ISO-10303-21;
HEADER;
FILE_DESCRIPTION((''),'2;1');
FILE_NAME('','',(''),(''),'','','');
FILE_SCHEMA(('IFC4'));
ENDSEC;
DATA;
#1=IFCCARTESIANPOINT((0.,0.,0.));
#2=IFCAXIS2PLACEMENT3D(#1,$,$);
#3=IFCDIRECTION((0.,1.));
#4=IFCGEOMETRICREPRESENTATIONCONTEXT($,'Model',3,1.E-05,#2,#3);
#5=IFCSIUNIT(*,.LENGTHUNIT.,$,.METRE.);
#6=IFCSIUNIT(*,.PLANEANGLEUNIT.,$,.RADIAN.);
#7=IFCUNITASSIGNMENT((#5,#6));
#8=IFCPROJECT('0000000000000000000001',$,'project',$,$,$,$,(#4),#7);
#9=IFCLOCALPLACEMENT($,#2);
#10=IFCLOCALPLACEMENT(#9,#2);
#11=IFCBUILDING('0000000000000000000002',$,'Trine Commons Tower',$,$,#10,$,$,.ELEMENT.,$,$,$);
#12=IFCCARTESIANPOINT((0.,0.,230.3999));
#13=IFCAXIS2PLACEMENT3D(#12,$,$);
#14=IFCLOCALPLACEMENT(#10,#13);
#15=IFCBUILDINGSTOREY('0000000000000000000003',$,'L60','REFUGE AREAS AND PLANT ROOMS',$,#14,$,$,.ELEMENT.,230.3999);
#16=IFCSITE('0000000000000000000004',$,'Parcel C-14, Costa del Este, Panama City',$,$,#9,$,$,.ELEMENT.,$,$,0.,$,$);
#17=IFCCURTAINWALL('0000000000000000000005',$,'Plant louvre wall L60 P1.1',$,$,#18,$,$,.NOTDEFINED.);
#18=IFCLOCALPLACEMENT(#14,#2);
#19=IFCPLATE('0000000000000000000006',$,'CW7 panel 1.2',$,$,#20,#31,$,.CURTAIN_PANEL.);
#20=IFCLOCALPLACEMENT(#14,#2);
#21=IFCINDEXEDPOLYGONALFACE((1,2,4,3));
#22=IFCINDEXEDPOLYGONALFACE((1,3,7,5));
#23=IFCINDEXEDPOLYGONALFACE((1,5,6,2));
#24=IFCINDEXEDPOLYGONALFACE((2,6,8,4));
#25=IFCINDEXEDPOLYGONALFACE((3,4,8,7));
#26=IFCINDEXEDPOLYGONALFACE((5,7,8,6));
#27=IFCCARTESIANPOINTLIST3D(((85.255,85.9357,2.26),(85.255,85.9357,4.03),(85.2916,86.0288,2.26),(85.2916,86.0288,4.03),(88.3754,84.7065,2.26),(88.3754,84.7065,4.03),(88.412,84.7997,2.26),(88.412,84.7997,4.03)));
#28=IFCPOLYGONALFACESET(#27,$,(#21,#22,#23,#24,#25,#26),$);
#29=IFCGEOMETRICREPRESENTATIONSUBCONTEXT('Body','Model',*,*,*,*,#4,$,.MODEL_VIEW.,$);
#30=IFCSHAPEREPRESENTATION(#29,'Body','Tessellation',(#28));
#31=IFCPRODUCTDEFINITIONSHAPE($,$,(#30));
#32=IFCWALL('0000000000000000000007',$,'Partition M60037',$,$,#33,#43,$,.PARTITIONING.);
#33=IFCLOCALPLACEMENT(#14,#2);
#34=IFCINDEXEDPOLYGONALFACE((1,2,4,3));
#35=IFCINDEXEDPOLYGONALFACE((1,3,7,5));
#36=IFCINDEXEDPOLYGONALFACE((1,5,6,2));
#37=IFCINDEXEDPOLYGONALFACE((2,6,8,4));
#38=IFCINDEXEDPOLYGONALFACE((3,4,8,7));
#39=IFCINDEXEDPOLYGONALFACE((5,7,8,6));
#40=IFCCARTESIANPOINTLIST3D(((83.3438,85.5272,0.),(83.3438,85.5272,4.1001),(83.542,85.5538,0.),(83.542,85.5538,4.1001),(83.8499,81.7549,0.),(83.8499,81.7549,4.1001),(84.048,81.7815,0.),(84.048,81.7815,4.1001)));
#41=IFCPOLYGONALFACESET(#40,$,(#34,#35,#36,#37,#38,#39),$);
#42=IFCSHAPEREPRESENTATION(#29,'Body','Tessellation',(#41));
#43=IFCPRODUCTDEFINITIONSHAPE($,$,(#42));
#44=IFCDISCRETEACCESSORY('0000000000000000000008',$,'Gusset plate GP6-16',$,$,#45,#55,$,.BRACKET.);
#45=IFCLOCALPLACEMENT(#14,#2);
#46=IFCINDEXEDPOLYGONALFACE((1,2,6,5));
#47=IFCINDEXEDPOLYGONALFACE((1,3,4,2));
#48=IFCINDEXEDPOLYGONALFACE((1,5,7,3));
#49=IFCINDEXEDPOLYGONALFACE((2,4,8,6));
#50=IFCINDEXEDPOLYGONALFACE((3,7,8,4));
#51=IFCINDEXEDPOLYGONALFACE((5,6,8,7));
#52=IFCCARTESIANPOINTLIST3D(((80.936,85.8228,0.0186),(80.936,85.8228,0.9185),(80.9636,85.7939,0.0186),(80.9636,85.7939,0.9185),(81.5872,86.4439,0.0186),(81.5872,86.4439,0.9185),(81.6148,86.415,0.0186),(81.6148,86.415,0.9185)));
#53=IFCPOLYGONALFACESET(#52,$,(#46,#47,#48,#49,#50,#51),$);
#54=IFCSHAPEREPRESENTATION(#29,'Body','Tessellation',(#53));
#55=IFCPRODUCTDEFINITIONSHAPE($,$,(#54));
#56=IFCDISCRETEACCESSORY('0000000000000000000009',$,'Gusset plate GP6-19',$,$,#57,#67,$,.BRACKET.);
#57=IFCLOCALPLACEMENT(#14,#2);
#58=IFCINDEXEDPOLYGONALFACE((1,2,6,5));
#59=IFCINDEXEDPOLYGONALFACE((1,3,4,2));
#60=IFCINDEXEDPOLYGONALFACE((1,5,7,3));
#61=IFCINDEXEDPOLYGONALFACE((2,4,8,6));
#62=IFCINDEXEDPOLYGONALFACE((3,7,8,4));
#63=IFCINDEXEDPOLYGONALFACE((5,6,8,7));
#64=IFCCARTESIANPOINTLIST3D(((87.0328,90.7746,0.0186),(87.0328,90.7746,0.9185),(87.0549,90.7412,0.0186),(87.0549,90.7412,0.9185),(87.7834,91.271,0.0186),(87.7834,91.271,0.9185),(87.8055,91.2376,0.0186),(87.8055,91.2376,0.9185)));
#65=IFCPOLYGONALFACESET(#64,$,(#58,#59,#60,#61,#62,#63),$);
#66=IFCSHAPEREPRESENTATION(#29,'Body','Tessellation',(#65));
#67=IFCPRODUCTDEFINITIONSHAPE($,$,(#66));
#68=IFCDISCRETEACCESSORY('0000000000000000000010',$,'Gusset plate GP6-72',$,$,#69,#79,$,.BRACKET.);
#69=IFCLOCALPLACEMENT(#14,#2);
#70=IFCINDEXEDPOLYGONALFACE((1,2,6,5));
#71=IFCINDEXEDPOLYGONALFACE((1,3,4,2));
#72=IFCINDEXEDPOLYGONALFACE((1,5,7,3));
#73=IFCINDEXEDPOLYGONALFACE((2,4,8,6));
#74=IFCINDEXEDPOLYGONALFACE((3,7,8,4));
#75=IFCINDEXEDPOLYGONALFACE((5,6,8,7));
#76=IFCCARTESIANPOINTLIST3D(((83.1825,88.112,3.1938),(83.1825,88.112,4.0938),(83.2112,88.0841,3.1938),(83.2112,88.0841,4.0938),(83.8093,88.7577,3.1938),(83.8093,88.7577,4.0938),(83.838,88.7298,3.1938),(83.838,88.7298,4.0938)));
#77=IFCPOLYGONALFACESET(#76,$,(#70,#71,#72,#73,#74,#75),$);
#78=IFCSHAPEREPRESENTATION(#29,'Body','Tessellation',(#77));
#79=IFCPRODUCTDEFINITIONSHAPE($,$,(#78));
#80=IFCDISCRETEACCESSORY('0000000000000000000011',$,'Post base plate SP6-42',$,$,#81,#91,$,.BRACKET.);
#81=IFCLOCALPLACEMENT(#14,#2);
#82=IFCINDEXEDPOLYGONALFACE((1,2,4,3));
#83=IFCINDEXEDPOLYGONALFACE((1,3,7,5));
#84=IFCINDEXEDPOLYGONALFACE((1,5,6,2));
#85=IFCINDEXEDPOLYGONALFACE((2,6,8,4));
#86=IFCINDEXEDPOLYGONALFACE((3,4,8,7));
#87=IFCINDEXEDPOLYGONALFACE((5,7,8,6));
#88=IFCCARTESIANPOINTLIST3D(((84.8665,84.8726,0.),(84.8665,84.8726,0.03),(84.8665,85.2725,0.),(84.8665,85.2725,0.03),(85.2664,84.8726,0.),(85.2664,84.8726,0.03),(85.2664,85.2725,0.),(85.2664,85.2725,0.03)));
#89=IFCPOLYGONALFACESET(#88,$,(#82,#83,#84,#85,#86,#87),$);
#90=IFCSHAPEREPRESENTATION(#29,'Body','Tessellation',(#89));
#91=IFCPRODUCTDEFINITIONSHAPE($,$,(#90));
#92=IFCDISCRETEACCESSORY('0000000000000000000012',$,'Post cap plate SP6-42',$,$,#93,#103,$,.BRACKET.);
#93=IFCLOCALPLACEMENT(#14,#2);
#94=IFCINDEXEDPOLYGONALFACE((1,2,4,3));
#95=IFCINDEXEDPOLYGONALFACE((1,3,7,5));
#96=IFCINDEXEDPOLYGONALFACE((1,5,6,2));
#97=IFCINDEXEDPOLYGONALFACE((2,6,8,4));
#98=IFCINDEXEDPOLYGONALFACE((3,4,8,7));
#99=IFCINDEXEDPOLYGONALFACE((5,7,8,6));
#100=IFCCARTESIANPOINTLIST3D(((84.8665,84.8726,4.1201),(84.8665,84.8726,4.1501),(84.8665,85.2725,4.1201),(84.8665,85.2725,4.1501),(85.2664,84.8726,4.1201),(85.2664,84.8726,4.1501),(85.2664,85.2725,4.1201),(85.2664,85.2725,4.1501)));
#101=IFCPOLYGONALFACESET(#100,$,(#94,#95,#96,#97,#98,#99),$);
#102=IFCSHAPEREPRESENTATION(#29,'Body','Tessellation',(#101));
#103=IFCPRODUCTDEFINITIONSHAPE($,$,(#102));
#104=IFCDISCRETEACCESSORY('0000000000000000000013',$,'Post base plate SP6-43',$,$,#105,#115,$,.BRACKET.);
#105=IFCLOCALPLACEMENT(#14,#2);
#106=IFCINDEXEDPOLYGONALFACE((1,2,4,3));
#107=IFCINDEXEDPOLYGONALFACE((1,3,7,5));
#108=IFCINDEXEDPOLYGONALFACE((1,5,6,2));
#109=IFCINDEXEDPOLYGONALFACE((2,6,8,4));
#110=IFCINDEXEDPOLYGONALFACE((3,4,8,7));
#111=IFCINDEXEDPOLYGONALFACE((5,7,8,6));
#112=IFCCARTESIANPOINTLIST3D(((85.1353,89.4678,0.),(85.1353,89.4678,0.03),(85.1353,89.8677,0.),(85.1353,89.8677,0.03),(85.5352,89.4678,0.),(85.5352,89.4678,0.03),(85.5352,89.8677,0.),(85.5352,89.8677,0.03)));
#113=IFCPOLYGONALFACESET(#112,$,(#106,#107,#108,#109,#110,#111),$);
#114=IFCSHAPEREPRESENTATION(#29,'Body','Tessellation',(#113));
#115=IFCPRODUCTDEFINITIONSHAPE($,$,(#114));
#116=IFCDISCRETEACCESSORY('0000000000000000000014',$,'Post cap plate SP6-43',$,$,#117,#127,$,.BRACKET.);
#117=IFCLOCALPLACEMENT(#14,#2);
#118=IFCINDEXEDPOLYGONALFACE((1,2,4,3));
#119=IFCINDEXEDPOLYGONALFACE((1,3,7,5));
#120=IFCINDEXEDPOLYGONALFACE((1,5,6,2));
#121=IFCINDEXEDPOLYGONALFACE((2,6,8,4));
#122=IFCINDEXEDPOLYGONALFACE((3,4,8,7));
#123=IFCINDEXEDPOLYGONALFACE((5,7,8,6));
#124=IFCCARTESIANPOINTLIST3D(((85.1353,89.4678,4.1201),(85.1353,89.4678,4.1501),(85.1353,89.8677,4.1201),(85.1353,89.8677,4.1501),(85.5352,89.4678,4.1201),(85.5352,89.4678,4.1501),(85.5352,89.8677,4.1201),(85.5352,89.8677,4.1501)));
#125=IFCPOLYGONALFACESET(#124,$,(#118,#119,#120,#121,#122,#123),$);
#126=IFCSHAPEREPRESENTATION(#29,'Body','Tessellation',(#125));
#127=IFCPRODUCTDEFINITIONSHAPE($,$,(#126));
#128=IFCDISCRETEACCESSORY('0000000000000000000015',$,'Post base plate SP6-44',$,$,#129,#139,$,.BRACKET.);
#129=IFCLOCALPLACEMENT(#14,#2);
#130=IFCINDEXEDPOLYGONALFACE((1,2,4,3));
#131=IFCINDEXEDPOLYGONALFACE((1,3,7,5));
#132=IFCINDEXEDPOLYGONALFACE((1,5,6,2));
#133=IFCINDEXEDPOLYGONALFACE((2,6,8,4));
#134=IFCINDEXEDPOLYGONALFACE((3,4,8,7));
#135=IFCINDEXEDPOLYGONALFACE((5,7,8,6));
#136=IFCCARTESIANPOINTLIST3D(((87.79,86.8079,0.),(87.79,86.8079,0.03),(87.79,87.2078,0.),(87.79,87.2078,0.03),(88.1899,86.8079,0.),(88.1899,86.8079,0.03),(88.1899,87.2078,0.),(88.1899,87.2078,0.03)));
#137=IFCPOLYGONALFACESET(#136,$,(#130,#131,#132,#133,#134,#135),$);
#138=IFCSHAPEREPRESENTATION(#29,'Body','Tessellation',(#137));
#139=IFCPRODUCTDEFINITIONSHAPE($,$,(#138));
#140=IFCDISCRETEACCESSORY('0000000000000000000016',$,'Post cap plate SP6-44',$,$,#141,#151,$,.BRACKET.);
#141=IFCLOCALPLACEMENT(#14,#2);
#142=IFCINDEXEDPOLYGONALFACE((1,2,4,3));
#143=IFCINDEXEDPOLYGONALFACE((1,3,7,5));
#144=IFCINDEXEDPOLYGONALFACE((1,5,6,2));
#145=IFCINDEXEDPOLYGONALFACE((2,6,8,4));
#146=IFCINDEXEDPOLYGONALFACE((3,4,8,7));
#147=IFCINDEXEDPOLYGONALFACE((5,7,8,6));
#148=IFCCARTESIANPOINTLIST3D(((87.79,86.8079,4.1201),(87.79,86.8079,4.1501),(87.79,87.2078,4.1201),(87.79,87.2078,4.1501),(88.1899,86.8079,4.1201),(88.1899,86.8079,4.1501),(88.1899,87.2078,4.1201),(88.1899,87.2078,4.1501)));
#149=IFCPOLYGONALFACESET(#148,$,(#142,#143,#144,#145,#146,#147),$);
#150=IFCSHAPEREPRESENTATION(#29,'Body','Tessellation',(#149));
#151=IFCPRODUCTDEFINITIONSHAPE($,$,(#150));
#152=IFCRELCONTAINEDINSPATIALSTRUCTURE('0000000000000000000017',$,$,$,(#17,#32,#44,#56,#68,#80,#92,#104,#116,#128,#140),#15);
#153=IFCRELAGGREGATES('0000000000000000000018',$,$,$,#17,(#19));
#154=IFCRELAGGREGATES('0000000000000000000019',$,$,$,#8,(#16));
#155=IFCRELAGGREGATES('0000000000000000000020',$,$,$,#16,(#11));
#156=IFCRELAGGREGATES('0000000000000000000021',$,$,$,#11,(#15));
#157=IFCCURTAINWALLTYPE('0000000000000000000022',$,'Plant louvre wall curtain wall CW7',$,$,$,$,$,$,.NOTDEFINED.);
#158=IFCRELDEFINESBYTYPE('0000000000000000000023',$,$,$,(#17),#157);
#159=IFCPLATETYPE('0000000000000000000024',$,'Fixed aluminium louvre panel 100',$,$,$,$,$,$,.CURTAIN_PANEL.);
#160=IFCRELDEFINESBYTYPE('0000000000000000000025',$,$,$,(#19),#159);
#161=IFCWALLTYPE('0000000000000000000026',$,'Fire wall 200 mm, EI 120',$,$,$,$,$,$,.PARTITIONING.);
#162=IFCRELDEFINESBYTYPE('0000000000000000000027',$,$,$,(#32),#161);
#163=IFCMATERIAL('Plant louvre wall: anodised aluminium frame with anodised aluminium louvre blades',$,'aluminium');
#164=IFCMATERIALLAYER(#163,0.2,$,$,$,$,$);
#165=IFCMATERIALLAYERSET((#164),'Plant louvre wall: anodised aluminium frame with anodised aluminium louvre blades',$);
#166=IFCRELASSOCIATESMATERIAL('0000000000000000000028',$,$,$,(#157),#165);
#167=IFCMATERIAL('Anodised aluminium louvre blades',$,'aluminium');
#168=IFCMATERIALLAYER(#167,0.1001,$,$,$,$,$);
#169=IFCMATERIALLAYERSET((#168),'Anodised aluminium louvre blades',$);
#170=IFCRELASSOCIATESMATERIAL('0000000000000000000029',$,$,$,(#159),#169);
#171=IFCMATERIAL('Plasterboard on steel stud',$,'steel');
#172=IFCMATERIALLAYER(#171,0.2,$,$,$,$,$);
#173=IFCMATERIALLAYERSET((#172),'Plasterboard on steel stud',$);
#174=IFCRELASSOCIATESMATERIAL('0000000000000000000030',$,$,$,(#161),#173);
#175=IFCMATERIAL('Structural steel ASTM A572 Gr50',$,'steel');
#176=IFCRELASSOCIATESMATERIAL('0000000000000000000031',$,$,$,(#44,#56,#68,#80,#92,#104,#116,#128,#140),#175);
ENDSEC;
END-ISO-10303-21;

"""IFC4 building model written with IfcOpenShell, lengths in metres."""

from ifc_helpers import new_model, si_unit, direction, frame, frame_2d, origin, origin_2d, place, context, subcontext, project, spatial, rectangle, extrude, material, layer, layer_set, type_object, element, aggregate, save


model = new_model("IFC4")

# Units and contexts
model_context = context("Model", 3, precision=1e-05, world=origin(), true_north=direction((0.0, 1.0)))
body_context = subcontext(model_context, "Body", "Model", "MODEL_VIEW")
ifc_project = project(units=[si_unit("LENGTHUNIT", "METRE"), si_unit("PLANEANGLEUNIT", "RADIAN")], contexts=[model_context])

# Site, building, storey
site_placement = place(None, origin())
site = spatial("IfcSite", under=ifc_project, at=site_placement, Name="Parcel C-14, Costa del Este, Panama City", CompositionType="ELEMENT", RefElevation=0.0)
building_placement = place(site_placement, origin())
building = spatial("IfcBuilding", under=site, at=building_placement, Name="Trine Commons Tower", CompositionType="ELEMENT")
storey_placement = place(building_placement, frame((0.0, 0.0, 230.3999)))
storey = spatial("IfcBuildingStorey", under=building, at=storey_placement, Name="L60", Description="REFUGE AREAS AND PLANT ROOMS", CompositionType="ELEMENT", Elevation=230.3999)

# Curtain wall
ifc_material_1 = material(Name="Plant louvre wall: anodised aluminium frame with anodised aluminium louvre blades", Category="aluminium")
ifc_layer_1 = layer(ifc_material_1, 0.2)
ifc_layer_set_1 = layer_set([ifc_layer_1], Name="Plant louvre wall: anodised aluminium frame with anodised aluminium louvre blades")
curtain_wall_type = type_object("IfcCurtainWallType", Name="Plant louvre wall curtain wall CW7", PredefinedType="NOTDEFINED", material=ifc_layer_set_1)
curtain_wall_1_placement = place(storey_placement, origin())
curtain_wall_1 = element("IfcCurtainWall", 1, at=curtain_wall_1_placement, inside=storey, type_object=curtain_wall_type, Name="Plant louvre wall L60 P1.1", PredefinedType="NOTDEFINED")

# Plate
ifc_material_2 = material(Name="Anodised aluminium louvre blades", Category="aluminium")
ifc_layer_2 = layer(ifc_material_2, 0.1001)
ifc_layer_set_2 = layer_set([ifc_layer_2], Name="Anodised aluminium louvre blades")
plate_type = type_object("IfcPlateType", Name="Fixed aluminium louvre panel 100", PredefinedType="CURTAIN_PANEL", material=ifc_layer_set_2)
plate_1_placement = place(storey_placement, frame((86.8335, 85.3677, 2.26), z_axis=(0.0, 0.0, 1.0), x_axis=(0.930418, -0.366501, 0.0)))
plate_1 = element("IfcPlate", 2, at=plate_1_placement, type_object=plate_type, Name="CW7 panel 1.2", PredefinedType="CURTAIN_PANEL", context=body_context, shape_type="SweptSolid", body=[
    extrude(rectangle(XDim=3.3538, YDim=0.1001, at=origin_2d()), origin(), (0.0, 0.0, 1.0), 1.77),
])
aggregate(curtain_wall_1, [plate_1])

# Wall
ifc_material_3 = material(Name="Plasterboard on steel stud", Category="steel")
ifc_layer_3 = layer(ifc_material_3, 0.2)
ifc_layer_set_3 = layer_set([ifc_layer_3], Name="Plasterboard on steel stud")
wall_type_1 = type_object("IfcWallType", Name="Fire wall 200 mm, EI 120", PredefinedType="PARTITIONING", material=ifc_layer_set_3)
wall_1_placement = place(storey_placement, frame((83.4429, 85.5405, 0.0), z_axis=(0.0, 0.0, 1.0), x_axis=(0.132966, -0.991121, 0.0)))
element("IfcWall", 3, at=wall_1_placement, inside=storey, type_object=wall_type_1, Name="Partition M60037", PredefinedType="PARTITIONING", context=body_context, shape_type="SweptSolid", body=[
    extrude(rectangle(XDim=3.8062, YDim=0.2, at=frame_2d((1.9031, 0.0))), origin(), (0.0, 0.0, 1.0), 4.1001),
])

# Discrete accessories
ifc_material_4 = material(Name="Structural steel ASTM A572 Gr50", Category="steel")
for number, where, z_axis, x_axis, name in (
    (4, (81.2754, 86.1189, 0.0186), (0.0, 0.0, 1.0), (-0.723618, -0.690201, 0.0), "Gusset plate GP6-16"),
    (5, (87.4192, 91.0061, 0.0186), (0.0, 0.0, 1.0), (-0.834098, -0.551617, 0.0), "Gusset plate GP6-19"),
    (6, (83.5103, 88.4209, 3.1938), (0.0, 0.0, 1.0), (0.696589, 0.71747, 0.0), "Gusset plate GP6-72"),
):
    element("IfcDiscreteAccessory", number, at=place(storey_placement, frame(where, z_axis=z_axis, x_axis=x_axis)), inside=storey, material=ifc_material_4, Name=name, PredefinedType="BRACKET", context=body_context, shape_type="SweptSolid", body=[
        extrude(rectangle(XDim=0.8999, YDim=0.04, at=origin_2d()), origin(), (0.0, 0.0, 1.0), 0.8999),
    ])
for number, where, z_axis, x_axis, name in (
    (7, (85.0664, 85.0725, 0.0), (0.0, 0.0, 1.0), (1.0, 0.0, 0.0), "Post base plate SP6-42"),
    (8, (85.0664, 85.0725, 4.1201), (0.0, 0.0, 1.0), (1.0, 0.0, 0.0), "Post cap plate SP6-42"),
    (9, (85.3352, 89.6677, 0.0), (0.0, 0.0, 1.0), (1.0, 0.0, 0.0), "Post base plate SP6-43"),
    (10, (85.3352, 89.6677, 4.1201), (0.0, 0.0, 1.0), (1.0, 0.0, 0.0), "Post cap plate SP6-43"),
    (11, (87.99, 87.0078, 0.0), (0.0, 0.0, 1.0), (1.0, 0.0, 0.0), "Post base plate SP6-44"),
    (12, (87.99, 87.0078, 4.1201), (0.0, 0.0, 1.0), (1.0, 0.0, 0.0), "Post cap plate SP6-44"),
):
    element("IfcDiscreteAccessory", number, at=place(storey_placement, frame(where, z_axis=z_axis, x_axis=x_axis)), inside=storey, material=ifc_material_4, Name=name, PredefinedType="BRACKET", context=body_context, shape_type="SweptSolid", body=[
        extrude(rectangle(XDim=0.3999, YDim=0.3999, at=origin_2d()), origin(), (0.0, 0.0, 1.0), 0.03),
    ])

save(model, "model.ifc")
